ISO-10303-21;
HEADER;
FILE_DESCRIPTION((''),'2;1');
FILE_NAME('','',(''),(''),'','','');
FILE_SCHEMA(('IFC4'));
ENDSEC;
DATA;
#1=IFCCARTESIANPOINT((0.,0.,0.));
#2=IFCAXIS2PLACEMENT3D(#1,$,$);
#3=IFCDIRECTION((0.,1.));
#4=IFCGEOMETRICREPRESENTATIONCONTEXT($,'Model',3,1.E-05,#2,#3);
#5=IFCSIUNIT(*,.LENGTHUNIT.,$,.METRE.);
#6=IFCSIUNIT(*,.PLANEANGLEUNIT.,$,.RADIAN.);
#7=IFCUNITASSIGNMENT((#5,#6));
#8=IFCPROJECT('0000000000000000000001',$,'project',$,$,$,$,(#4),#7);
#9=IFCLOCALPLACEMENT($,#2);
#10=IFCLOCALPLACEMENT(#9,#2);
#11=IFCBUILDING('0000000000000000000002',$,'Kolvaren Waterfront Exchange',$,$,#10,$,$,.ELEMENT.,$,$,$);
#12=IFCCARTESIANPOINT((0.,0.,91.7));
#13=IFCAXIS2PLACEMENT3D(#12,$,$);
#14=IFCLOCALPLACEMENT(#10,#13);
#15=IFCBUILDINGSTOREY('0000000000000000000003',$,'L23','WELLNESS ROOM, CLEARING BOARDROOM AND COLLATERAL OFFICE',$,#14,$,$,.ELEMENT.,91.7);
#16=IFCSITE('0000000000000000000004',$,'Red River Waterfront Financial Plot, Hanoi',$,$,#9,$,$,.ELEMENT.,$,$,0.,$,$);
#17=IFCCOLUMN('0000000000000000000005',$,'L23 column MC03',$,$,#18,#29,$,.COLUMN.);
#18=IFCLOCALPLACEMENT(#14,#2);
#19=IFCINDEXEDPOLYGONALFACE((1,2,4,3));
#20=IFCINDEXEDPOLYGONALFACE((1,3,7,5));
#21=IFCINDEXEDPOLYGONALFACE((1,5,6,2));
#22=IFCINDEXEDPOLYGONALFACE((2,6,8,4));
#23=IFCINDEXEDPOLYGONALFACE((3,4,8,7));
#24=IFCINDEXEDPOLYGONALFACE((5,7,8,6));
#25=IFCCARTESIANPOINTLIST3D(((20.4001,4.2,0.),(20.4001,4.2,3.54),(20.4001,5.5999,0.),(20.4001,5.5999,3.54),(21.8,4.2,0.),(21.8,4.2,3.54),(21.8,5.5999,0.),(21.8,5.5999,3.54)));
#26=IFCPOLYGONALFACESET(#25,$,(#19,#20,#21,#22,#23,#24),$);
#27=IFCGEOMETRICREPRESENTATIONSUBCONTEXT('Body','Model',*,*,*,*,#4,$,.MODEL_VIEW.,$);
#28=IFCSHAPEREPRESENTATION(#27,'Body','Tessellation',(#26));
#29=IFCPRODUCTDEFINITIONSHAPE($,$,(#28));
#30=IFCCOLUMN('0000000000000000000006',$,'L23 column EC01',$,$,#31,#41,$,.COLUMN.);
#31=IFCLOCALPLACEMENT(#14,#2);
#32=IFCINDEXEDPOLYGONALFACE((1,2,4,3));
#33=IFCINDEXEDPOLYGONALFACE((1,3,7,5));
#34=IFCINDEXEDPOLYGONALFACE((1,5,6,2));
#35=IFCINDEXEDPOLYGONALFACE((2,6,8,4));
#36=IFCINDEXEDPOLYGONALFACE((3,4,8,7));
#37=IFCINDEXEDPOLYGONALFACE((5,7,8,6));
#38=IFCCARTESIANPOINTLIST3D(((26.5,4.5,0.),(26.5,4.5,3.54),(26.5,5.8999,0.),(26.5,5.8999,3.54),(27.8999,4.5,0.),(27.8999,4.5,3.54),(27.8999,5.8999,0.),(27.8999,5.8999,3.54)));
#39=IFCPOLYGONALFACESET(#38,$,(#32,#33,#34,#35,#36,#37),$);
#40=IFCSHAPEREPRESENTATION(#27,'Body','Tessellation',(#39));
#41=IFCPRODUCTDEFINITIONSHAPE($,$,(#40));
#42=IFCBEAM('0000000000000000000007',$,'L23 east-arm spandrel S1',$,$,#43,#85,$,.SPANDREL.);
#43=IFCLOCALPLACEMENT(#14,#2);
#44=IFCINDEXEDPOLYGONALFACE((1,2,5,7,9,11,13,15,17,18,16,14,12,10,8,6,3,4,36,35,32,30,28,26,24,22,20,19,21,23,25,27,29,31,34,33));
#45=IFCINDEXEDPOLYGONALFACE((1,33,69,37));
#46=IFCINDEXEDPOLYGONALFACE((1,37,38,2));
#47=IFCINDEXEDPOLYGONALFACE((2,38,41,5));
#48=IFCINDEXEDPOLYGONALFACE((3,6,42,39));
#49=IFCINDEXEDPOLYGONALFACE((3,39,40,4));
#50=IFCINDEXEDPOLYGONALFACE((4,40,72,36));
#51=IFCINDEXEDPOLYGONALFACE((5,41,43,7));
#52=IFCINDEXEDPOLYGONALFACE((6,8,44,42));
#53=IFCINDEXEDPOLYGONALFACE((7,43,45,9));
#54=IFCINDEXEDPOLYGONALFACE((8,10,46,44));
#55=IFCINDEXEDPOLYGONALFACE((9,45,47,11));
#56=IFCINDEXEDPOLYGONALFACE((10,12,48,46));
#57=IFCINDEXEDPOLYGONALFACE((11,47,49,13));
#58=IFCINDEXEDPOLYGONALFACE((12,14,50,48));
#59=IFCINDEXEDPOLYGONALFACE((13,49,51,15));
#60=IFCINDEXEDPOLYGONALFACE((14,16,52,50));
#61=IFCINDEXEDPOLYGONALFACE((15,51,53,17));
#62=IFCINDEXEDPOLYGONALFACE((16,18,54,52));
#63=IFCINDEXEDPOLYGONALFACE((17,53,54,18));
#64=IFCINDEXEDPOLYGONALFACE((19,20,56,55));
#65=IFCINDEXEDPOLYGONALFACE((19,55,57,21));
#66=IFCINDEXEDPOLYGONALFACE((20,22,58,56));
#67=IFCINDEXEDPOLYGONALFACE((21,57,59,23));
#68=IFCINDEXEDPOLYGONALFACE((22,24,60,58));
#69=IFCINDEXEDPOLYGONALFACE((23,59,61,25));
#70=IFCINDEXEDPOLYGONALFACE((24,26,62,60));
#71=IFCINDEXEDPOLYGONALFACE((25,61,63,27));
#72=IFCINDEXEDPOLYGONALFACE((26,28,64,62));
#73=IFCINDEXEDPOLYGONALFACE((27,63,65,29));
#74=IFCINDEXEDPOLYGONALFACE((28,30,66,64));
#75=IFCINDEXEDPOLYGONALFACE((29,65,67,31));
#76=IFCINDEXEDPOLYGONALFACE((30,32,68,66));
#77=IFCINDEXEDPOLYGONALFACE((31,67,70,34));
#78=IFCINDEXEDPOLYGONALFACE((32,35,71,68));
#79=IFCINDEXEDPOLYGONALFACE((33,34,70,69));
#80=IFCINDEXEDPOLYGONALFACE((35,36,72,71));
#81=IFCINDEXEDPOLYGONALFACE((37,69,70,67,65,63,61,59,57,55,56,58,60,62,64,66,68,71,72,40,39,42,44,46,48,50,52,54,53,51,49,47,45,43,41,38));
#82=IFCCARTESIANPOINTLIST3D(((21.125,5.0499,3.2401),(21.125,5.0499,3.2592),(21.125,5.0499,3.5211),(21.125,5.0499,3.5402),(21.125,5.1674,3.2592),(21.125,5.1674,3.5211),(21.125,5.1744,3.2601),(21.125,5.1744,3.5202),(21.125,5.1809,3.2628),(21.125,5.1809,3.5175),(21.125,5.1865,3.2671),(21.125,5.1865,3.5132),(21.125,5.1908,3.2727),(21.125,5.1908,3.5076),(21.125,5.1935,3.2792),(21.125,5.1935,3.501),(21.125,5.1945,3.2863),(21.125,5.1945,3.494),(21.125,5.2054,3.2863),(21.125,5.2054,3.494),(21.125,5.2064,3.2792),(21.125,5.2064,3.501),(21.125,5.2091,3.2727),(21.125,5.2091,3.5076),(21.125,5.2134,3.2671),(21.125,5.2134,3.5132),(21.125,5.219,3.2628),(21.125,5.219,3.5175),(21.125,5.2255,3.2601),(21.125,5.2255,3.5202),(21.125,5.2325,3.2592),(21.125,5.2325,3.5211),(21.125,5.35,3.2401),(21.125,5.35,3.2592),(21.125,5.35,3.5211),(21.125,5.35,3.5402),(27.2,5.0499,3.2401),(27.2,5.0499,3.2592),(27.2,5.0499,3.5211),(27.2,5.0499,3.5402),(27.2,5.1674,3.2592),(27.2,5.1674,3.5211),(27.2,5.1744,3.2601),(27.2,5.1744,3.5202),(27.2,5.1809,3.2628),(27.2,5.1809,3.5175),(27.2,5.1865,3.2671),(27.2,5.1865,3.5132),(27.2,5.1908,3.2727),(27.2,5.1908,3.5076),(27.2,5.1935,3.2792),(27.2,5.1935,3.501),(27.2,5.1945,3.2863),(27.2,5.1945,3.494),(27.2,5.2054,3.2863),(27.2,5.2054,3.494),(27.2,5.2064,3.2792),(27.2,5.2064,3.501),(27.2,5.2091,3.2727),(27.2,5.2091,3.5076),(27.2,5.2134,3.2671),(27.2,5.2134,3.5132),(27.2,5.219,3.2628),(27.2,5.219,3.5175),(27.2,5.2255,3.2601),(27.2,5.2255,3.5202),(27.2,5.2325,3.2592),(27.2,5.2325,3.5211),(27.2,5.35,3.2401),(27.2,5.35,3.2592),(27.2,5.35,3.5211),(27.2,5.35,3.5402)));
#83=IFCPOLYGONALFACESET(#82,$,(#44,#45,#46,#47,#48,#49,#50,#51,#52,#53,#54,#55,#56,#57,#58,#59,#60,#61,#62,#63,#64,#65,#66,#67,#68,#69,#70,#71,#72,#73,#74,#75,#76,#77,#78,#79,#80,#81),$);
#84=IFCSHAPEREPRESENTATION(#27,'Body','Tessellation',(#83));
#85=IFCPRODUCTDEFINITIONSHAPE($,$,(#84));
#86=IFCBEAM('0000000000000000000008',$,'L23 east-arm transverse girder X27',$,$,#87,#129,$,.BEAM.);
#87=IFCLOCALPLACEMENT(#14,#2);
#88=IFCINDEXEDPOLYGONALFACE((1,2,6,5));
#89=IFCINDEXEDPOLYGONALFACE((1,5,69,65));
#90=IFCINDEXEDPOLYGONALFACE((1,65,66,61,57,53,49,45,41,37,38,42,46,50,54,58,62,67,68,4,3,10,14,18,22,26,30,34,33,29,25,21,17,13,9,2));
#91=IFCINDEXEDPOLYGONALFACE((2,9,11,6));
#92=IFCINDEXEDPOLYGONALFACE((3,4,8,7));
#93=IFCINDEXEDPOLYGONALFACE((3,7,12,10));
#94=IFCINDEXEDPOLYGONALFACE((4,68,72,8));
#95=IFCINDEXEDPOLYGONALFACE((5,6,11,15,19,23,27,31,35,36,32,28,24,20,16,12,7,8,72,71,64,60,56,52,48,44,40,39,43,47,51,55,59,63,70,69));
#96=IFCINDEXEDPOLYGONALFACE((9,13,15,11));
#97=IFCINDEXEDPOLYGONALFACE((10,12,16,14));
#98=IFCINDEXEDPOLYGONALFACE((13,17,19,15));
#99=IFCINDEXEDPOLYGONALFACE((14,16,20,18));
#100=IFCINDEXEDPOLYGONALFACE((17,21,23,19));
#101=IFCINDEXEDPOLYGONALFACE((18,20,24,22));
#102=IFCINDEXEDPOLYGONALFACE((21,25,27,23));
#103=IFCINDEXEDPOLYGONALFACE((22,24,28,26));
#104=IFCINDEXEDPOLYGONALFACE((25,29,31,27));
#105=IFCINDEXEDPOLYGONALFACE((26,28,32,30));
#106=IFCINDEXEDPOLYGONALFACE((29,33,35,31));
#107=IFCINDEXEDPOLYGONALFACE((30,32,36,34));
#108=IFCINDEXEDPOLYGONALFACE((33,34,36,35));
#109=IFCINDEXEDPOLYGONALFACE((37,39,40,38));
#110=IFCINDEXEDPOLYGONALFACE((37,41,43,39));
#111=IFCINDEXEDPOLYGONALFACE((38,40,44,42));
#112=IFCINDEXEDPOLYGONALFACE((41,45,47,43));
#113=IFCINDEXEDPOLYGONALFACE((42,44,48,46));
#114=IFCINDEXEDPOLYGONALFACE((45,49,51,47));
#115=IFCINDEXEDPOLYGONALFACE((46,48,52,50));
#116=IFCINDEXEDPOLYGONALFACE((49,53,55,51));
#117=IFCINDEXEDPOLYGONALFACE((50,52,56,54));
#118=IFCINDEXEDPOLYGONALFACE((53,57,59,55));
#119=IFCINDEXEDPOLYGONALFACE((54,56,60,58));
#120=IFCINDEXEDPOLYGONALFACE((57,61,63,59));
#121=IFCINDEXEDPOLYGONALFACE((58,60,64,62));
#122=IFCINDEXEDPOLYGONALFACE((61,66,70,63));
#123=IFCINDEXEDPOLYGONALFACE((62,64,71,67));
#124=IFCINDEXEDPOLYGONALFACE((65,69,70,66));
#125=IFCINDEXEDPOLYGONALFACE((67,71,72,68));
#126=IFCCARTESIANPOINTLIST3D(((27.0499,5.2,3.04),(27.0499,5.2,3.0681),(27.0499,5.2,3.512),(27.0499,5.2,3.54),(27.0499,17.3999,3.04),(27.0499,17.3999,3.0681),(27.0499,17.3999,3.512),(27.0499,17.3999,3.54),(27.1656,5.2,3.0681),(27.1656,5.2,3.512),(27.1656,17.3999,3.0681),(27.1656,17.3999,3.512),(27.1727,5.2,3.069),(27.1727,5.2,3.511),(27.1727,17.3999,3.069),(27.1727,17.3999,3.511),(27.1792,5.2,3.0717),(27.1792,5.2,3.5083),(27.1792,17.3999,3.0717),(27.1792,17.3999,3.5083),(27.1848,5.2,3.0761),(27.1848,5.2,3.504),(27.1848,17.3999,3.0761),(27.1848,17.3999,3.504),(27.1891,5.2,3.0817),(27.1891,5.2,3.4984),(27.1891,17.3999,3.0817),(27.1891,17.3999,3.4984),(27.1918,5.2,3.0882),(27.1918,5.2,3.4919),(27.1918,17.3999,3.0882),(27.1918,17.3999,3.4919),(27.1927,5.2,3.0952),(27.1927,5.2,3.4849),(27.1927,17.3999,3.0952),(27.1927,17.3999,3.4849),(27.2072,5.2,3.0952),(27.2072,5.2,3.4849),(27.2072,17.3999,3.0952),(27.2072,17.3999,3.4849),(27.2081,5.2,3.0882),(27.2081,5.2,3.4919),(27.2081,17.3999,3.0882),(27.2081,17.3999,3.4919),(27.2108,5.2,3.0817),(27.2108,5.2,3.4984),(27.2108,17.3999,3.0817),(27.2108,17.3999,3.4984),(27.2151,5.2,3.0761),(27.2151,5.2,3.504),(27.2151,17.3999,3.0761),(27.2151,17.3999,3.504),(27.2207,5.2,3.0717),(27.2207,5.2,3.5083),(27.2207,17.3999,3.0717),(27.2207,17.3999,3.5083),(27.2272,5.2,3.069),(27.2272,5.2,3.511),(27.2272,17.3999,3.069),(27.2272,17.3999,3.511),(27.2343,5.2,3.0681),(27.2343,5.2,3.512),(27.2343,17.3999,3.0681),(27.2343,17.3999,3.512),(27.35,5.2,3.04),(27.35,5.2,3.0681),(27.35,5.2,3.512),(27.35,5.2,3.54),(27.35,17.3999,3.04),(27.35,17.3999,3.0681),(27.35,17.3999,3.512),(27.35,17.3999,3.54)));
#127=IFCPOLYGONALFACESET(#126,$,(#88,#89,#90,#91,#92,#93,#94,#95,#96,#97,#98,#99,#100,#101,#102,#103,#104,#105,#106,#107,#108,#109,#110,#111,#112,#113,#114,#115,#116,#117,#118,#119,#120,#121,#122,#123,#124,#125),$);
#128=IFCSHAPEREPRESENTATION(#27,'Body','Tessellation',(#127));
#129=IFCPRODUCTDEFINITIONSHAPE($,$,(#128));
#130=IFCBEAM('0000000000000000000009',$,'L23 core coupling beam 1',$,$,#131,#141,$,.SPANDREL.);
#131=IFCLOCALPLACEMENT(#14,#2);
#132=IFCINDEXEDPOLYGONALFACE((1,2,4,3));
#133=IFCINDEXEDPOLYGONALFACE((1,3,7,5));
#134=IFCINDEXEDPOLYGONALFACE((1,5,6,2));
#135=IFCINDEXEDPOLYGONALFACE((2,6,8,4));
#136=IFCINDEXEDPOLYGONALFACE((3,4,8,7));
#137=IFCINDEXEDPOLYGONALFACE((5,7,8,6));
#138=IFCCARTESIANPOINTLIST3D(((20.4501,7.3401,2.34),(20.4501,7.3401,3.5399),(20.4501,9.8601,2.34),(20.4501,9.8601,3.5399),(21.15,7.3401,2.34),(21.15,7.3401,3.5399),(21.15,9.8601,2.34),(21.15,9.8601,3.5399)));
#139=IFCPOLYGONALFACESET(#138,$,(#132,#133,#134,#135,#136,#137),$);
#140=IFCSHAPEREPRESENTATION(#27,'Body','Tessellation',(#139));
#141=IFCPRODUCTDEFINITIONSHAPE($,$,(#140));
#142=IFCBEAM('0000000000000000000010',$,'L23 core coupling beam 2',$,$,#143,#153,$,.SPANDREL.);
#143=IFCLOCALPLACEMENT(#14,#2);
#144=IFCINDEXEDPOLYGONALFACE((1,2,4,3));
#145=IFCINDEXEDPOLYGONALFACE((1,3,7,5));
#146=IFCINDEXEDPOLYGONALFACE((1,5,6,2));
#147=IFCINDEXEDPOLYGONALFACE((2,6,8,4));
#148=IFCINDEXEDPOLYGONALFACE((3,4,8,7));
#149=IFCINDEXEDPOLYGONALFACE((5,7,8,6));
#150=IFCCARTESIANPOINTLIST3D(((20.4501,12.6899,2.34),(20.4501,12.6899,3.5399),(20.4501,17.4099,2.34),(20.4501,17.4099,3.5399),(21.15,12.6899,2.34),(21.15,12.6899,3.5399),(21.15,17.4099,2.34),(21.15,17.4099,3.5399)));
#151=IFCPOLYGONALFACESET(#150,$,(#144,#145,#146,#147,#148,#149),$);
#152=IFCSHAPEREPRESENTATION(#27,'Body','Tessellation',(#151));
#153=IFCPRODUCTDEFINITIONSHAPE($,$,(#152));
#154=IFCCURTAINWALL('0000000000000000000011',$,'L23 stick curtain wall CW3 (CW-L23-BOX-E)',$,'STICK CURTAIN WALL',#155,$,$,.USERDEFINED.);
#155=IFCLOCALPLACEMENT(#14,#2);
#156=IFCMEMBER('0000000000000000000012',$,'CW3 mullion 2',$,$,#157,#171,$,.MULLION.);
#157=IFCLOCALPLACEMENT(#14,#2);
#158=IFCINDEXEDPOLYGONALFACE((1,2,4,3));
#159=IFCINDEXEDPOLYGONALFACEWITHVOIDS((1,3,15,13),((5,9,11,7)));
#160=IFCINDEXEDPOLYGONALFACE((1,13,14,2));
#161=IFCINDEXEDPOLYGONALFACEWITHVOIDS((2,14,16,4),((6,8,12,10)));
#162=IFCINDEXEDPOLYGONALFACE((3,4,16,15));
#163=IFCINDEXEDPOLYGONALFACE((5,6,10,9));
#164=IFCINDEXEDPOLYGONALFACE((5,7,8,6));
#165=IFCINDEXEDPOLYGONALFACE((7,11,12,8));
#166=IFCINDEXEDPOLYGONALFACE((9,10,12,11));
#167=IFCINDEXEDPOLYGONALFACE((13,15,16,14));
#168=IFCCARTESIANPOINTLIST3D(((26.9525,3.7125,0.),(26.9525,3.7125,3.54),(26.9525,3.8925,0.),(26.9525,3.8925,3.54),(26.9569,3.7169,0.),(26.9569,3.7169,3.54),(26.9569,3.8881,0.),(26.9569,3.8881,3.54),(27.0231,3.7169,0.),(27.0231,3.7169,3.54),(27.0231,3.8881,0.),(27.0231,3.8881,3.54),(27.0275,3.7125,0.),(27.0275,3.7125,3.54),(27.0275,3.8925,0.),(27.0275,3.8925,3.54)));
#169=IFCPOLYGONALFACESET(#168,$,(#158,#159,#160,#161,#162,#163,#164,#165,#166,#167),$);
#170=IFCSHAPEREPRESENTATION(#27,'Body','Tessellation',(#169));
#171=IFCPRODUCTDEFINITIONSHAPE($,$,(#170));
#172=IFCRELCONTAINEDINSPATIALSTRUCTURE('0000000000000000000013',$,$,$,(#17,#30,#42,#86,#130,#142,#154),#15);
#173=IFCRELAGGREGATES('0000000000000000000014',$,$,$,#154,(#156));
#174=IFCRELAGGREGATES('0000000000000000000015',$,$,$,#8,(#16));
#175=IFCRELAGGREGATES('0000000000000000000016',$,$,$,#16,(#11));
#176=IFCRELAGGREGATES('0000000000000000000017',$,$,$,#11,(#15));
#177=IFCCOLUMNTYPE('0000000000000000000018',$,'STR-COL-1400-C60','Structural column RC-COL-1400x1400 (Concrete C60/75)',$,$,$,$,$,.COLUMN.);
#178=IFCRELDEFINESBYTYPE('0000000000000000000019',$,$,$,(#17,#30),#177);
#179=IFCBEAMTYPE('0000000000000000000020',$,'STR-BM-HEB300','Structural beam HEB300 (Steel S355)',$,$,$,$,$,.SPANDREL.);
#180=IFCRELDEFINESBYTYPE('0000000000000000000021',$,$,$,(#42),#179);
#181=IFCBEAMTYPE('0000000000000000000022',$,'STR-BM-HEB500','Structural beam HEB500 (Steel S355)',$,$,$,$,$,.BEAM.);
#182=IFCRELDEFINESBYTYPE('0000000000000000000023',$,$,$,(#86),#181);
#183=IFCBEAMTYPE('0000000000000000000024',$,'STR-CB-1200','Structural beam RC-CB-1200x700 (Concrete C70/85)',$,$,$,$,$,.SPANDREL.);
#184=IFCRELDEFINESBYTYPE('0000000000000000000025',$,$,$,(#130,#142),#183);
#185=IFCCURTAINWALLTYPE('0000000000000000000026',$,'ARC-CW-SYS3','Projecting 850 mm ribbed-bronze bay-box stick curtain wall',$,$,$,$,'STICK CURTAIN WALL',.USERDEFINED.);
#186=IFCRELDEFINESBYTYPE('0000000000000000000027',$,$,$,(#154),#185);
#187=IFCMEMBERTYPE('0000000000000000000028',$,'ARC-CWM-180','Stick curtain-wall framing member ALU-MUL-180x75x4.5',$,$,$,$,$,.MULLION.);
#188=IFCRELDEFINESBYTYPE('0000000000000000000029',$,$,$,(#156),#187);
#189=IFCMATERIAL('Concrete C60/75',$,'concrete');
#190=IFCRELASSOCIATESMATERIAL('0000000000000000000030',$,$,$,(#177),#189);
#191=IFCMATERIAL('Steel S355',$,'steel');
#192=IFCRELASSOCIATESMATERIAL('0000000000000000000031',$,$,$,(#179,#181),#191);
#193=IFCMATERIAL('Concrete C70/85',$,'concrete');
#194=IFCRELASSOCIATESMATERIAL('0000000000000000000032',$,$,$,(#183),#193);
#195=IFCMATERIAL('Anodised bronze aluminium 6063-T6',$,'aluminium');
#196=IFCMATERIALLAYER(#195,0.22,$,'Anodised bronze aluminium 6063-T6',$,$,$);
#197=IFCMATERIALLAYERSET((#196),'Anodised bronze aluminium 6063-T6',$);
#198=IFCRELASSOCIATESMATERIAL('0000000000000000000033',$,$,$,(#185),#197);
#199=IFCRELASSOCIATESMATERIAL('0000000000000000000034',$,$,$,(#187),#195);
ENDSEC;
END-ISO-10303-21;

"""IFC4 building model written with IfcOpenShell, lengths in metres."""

from ifc_helpers import new_model, si_unit, direction, frame, origin, origin_with_axes, origin_2d, place, context, subcontext, project, spatial, rectangle, hollow_rectangle, i_section, extrude, source, transform, mapped, material, layer, layer_set, material_profile, profile_set, type_object, element, aggregate, save


model = new_model("IFC4")

# Units and contexts
model_context = context("Model", 3, precision=1e-05, world=origin(), true_north=direction((0.0, 1.0)))
body_context = subcontext(model_context, "Body", "Model", "MODEL_VIEW")
ifc_project = project(units=[si_unit("LENGTHUNIT", "METRE"), si_unit("PLANEANGLEUNIT", "RADIAN")], contexts=[model_context])

# Site, building, storey
site_placement = place(None, origin())
site = spatial("IfcSite", under=ifc_project, at=site_placement, Name="Red River Waterfront Financial Plot, Hanoi", CompositionType="ELEMENT", RefElevation=0.0)
building_placement = place(site_placement, origin())
building = spatial("IfcBuilding", under=site, at=building_placement, Name="Kolvaren Waterfront Exchange", CompositionType="ELEMENT")
storey_placement = place(building_placement, frame((0.0, 0.0, 91.7)))
storey = spatial("IfcBuildingStorey", under=building, at=storey_placement, Name="L23", Description="WELLNESS ROOM, CLEARING BOARDROOM AND COLLATERAL OFFICE", CompositionType="ELEMENT", Elevation=91.7)

# Columns
ifc_material_1 = material(Name="Concrete C60/75", Category="concrete")
ifc_material_profile_1 = material_profile(ifc_material_1, rectangle(XDim=1.3999, YDim=1.3999, at=origin_2d()), Name="RC-COL-1400x1400")
ifc_profile_set_1 = profile_set([ifc_material_profile_1], Name="Concrete C60/75")
column_type = type_object("IfcColumnType", Name="STR-COL-1400-C60", Description="Structural column RC-COL-1400x1400 (Concrete C60/75)", PredefinedType="COLUMN", material=ifc_profile_set_1)
for number, where, z_axis, x_axis, name in (
    (1, (21.1001, 4.8999, 0.0), (0.0, 0.0, 1.0), (1.0, 0.0, 0.0), "L23 column MC03"),
    (2, (27.2, 5.2, 0.0), (0.0, 0.0, 1.0), (1.0, 0.0, 0.0), "L23 column EC01"),
):
    element("IfcColumn", number, at=place(storey_placement, frame(where, z_axis=z_axis, x_axis=x_axis)), inside=storey, type_object=column_type, Name=name, PredefinedType="COLUMN", context=body_context, shape_type="SweptSolid", body=[
        extrude(rectangle(XDim=1.3999, YDim=1.3999, at=origin_2d()), origin(), (0.0, 0.0, 1.0), 3.54),
    ])

# Beams
ifc_material_2 = material(Name="Steel S355", Category="steel")
ifc_material_profile_2 = material_profile(ifc_material_2, i_section(OverallWidth=0.3, OverallDepth=0.3, WebThickness=0.011, FlangeThickness=0.019, FilletRadius=0.0271, at=origin_2d()), Name="HEB300")
ifc_profile_set_2 = profile_set([ifc_material_profile_2], Name="Steel S355")
beam_type_1 = type_object("IfcBeamType", Name="STR-BM-HEB300", Description="Structural beam HEB300 (Steel S355)", PredefinedType="SPANDREL", material=ifc_profile_set_2)
beam_1_placement = place(storey_placement, frame((21.125, 5.2, 3.3901), z_axis=(1.0, 0.0, 0.0), x_axis=(0.0, 1.0, 0.0)))
element("IfcBeam", 3, at=beam_1_placement, inside=storey, type_object=beam_type_1, Name="L23 east-arm spandrel S1", PredefinedType="SPANDREL", context=body_context, shape_type="SweptSolid", body=[
    extrude(i_section(OverallWidth=0.3, OverallDepth=0.3, WebThickness=0.011, FlangeThickness=0.019, FilletRadius=0.0271, at=origin_2d()), origin(), (0.0, 0.0, 1.0), 6.075),
])
ifc_material_profile_3 = material_profile(ifc_material_2, i_section(OverallWidth=0.3, OverallDepth=0.5, WebThickness=0.0144, FlangeThickness=0.0281, FilletRadius=0.0271, at=origin_2d()), Name="HEB500")
ifc_profile_set_3 = profile_set([ifc_material_profile_3], Name="Steel S355")
beam_type_2 = type_object("IfcBeamType", Name="STR-BM-HEB500", Description="Structural beam HEB500 (Steel S355)", PredefinedType="BEAM", material=ifc_profile_set_3)
beam_2_placement = place(storey_placement, frame((27.2, 5.2, 3.29), z_axis=(0.0, 1.0, 0.0), x_axis=(-1.0, 0.0, 0.0)))
element("IfcBeam", 4, at=beam_2_placement, inside=storey, type_object=beam_type_2, Name="L23 east-arm transverse girder X27", PredefinedType="BEAM", context=body_context, shape_type="SweptSolid", body=[
    extrude(i_section(OverallWidth=0.3, OverallDepth=0.5, WebThickness=0.0144, FlangeThickness=0.0281, FilletRadius=0.0271, at=origin_2d()), origin(), (0.0, 0.0, 1.0), 12.2),
])
ifc_material_3 = material(Name="Concrete C70/85", Category="concrete")
ifc_material_profile_4 = material_profile(ifc_material_3, rectangle(XDim=0.7, YDim=1.2, at=origin_2d()), Name="RC-CB-1200x700")
ifc_profile_set_4 = profile_set([ifc_material_profile_4], Name="Concrete C70/85")
beam_type_3 = type_object("IfcBeamType", Name="STR-CB-1200", Description="Structural beam RC-CB-1200x700 (Concrete C70/85)", PredefinedType="SPANDREL", material=ifc_profile_set_4)
beam_3_placement = place(storey_placement, frame((20.8, 7.3401, 2.9399), z_axis=(0.0, 1.0, 0.0), x_axis=(-1.0, 0.0, 0.0)))
element("IfcBeam", 5, at=beam_3_placement, inside=storey, type_object=beam_type_3, Name="L23 core coupling beam 1", PredefinedType="SPANDREL", context=body_context, shape_type="SweptSolid", body=[
    extrude(rectangle(XDim=0.7, YDim=1.2, at=origin_2d()), origin(), (0.0, 0.0, 1.0), 2.52),
])
beam_4_placement = place(storey_placement, frame((20.8, 12.6899, 2.9399), z_axis=(0.0, 1.0, 0.0), x_axis=(-1.0, 0.0, 0.0)))
element("IfcBeam", 6, at=beam_4_placement, inside=storey, type_object=beam_type_3, Name="L23 core coupling beam 2", PredefinedType="SPANDREL", context=body_context, shape_type="SweptSolid", body=[
    extrude(rectangle(XDim=0.7, YDim=1.2, at=origin_2d()), origin(), (0.0, 0.0, 1.0), 4.72),
])

# Curtain wall, member
ifc_material_4 = material(Name="Anodised bronze aluminium 6063-T6", Category="aluminium")
ifc_layer_1 = layer(ifc_material_4, 0.22, Name="Anodised bronze aluminium 6063-T6")
ifc_layer_set_1 = layer_set([ifc_layer_1], Name="Anodised bronze aluminium 6063-T6")
curtain_wall_type_1 = type_object("IfcCurtainWallType", Name="ARC-CW-SYS3", Description="Projecting 850 mm ribbed-bronze bay-box stick curtain wall", ElementType="STICK CURTAIN WALL", PredefinedType="USERDEFINED", material=ifc_layer_set_1)
curtain_wall_1_placement = place(storey_placement, origin())
curtain_wall_1 = element("IfcCurtainWall", 7, at=curtain_wall_1_placement, inside=storey, type_object=curtain_wall_type_1, Name="L23 stick curtain wall CW3 (CW-L23-BOX-E)", ObjectType="STICK CURTAIN WALL", PredefinedType="USERDEFINED")
ifc_material_profile_5 = material_profile(ifc_material_4, hollow_rectangle(XDim=0.075, YDim=0.1799, WallThickness=0.0044, at=origin_2d()), Name="ALU-MUL-180x75x4.5")
ifc_profile_set_5 = profile_set([ifc_material_profile_5], Name="Anodised bronze aluminium 6063-T6")
member_type_1 = type_object("IfcMemberType", Name="ARC-CWM-180", Description="Stick curtain-wall framing member ALU-MUL-180x75x4.5", PredefinedType="MULLION", material=ifc_profile_set_5)
shared_shape_1 = source(origin_with_axes(), body_context, "Body", "SweptSolid", [
    extrude(hollow_rectangle(XDim=0.075, YDim=0.1799, WallThickness=0.0044, at=origin_2d()), origin(), (0.0, 0.0, 1.0), 3.54),
])
member_1_placement = place(storey_placement, frame((26.99, 3.8025, 0.0), z_axis=(0.0, 0.0, 1.0), x_axis=(-1.0, 0.0, 0.0)))
member_1 = element("IfcMember", 8, at=member_1_placement, type_object=member_type_1, Name="CW3 mullion 2", PredefinedType="MULLION", context=body_context, shape_type="MappedRepresentation", body=[
    mapped(shared_shape_1, transform((0.0, 0.0, 0.0), x_axis=(1.0, 0.0, 0.0), y_axis=(0.0, 1.0, 0.0), z_axis=(0.0, 0.0, 1.0), scale=1.0)),
])
aggregate(curtain_wall_1, [member_1])

save(model, "model.ifc")
